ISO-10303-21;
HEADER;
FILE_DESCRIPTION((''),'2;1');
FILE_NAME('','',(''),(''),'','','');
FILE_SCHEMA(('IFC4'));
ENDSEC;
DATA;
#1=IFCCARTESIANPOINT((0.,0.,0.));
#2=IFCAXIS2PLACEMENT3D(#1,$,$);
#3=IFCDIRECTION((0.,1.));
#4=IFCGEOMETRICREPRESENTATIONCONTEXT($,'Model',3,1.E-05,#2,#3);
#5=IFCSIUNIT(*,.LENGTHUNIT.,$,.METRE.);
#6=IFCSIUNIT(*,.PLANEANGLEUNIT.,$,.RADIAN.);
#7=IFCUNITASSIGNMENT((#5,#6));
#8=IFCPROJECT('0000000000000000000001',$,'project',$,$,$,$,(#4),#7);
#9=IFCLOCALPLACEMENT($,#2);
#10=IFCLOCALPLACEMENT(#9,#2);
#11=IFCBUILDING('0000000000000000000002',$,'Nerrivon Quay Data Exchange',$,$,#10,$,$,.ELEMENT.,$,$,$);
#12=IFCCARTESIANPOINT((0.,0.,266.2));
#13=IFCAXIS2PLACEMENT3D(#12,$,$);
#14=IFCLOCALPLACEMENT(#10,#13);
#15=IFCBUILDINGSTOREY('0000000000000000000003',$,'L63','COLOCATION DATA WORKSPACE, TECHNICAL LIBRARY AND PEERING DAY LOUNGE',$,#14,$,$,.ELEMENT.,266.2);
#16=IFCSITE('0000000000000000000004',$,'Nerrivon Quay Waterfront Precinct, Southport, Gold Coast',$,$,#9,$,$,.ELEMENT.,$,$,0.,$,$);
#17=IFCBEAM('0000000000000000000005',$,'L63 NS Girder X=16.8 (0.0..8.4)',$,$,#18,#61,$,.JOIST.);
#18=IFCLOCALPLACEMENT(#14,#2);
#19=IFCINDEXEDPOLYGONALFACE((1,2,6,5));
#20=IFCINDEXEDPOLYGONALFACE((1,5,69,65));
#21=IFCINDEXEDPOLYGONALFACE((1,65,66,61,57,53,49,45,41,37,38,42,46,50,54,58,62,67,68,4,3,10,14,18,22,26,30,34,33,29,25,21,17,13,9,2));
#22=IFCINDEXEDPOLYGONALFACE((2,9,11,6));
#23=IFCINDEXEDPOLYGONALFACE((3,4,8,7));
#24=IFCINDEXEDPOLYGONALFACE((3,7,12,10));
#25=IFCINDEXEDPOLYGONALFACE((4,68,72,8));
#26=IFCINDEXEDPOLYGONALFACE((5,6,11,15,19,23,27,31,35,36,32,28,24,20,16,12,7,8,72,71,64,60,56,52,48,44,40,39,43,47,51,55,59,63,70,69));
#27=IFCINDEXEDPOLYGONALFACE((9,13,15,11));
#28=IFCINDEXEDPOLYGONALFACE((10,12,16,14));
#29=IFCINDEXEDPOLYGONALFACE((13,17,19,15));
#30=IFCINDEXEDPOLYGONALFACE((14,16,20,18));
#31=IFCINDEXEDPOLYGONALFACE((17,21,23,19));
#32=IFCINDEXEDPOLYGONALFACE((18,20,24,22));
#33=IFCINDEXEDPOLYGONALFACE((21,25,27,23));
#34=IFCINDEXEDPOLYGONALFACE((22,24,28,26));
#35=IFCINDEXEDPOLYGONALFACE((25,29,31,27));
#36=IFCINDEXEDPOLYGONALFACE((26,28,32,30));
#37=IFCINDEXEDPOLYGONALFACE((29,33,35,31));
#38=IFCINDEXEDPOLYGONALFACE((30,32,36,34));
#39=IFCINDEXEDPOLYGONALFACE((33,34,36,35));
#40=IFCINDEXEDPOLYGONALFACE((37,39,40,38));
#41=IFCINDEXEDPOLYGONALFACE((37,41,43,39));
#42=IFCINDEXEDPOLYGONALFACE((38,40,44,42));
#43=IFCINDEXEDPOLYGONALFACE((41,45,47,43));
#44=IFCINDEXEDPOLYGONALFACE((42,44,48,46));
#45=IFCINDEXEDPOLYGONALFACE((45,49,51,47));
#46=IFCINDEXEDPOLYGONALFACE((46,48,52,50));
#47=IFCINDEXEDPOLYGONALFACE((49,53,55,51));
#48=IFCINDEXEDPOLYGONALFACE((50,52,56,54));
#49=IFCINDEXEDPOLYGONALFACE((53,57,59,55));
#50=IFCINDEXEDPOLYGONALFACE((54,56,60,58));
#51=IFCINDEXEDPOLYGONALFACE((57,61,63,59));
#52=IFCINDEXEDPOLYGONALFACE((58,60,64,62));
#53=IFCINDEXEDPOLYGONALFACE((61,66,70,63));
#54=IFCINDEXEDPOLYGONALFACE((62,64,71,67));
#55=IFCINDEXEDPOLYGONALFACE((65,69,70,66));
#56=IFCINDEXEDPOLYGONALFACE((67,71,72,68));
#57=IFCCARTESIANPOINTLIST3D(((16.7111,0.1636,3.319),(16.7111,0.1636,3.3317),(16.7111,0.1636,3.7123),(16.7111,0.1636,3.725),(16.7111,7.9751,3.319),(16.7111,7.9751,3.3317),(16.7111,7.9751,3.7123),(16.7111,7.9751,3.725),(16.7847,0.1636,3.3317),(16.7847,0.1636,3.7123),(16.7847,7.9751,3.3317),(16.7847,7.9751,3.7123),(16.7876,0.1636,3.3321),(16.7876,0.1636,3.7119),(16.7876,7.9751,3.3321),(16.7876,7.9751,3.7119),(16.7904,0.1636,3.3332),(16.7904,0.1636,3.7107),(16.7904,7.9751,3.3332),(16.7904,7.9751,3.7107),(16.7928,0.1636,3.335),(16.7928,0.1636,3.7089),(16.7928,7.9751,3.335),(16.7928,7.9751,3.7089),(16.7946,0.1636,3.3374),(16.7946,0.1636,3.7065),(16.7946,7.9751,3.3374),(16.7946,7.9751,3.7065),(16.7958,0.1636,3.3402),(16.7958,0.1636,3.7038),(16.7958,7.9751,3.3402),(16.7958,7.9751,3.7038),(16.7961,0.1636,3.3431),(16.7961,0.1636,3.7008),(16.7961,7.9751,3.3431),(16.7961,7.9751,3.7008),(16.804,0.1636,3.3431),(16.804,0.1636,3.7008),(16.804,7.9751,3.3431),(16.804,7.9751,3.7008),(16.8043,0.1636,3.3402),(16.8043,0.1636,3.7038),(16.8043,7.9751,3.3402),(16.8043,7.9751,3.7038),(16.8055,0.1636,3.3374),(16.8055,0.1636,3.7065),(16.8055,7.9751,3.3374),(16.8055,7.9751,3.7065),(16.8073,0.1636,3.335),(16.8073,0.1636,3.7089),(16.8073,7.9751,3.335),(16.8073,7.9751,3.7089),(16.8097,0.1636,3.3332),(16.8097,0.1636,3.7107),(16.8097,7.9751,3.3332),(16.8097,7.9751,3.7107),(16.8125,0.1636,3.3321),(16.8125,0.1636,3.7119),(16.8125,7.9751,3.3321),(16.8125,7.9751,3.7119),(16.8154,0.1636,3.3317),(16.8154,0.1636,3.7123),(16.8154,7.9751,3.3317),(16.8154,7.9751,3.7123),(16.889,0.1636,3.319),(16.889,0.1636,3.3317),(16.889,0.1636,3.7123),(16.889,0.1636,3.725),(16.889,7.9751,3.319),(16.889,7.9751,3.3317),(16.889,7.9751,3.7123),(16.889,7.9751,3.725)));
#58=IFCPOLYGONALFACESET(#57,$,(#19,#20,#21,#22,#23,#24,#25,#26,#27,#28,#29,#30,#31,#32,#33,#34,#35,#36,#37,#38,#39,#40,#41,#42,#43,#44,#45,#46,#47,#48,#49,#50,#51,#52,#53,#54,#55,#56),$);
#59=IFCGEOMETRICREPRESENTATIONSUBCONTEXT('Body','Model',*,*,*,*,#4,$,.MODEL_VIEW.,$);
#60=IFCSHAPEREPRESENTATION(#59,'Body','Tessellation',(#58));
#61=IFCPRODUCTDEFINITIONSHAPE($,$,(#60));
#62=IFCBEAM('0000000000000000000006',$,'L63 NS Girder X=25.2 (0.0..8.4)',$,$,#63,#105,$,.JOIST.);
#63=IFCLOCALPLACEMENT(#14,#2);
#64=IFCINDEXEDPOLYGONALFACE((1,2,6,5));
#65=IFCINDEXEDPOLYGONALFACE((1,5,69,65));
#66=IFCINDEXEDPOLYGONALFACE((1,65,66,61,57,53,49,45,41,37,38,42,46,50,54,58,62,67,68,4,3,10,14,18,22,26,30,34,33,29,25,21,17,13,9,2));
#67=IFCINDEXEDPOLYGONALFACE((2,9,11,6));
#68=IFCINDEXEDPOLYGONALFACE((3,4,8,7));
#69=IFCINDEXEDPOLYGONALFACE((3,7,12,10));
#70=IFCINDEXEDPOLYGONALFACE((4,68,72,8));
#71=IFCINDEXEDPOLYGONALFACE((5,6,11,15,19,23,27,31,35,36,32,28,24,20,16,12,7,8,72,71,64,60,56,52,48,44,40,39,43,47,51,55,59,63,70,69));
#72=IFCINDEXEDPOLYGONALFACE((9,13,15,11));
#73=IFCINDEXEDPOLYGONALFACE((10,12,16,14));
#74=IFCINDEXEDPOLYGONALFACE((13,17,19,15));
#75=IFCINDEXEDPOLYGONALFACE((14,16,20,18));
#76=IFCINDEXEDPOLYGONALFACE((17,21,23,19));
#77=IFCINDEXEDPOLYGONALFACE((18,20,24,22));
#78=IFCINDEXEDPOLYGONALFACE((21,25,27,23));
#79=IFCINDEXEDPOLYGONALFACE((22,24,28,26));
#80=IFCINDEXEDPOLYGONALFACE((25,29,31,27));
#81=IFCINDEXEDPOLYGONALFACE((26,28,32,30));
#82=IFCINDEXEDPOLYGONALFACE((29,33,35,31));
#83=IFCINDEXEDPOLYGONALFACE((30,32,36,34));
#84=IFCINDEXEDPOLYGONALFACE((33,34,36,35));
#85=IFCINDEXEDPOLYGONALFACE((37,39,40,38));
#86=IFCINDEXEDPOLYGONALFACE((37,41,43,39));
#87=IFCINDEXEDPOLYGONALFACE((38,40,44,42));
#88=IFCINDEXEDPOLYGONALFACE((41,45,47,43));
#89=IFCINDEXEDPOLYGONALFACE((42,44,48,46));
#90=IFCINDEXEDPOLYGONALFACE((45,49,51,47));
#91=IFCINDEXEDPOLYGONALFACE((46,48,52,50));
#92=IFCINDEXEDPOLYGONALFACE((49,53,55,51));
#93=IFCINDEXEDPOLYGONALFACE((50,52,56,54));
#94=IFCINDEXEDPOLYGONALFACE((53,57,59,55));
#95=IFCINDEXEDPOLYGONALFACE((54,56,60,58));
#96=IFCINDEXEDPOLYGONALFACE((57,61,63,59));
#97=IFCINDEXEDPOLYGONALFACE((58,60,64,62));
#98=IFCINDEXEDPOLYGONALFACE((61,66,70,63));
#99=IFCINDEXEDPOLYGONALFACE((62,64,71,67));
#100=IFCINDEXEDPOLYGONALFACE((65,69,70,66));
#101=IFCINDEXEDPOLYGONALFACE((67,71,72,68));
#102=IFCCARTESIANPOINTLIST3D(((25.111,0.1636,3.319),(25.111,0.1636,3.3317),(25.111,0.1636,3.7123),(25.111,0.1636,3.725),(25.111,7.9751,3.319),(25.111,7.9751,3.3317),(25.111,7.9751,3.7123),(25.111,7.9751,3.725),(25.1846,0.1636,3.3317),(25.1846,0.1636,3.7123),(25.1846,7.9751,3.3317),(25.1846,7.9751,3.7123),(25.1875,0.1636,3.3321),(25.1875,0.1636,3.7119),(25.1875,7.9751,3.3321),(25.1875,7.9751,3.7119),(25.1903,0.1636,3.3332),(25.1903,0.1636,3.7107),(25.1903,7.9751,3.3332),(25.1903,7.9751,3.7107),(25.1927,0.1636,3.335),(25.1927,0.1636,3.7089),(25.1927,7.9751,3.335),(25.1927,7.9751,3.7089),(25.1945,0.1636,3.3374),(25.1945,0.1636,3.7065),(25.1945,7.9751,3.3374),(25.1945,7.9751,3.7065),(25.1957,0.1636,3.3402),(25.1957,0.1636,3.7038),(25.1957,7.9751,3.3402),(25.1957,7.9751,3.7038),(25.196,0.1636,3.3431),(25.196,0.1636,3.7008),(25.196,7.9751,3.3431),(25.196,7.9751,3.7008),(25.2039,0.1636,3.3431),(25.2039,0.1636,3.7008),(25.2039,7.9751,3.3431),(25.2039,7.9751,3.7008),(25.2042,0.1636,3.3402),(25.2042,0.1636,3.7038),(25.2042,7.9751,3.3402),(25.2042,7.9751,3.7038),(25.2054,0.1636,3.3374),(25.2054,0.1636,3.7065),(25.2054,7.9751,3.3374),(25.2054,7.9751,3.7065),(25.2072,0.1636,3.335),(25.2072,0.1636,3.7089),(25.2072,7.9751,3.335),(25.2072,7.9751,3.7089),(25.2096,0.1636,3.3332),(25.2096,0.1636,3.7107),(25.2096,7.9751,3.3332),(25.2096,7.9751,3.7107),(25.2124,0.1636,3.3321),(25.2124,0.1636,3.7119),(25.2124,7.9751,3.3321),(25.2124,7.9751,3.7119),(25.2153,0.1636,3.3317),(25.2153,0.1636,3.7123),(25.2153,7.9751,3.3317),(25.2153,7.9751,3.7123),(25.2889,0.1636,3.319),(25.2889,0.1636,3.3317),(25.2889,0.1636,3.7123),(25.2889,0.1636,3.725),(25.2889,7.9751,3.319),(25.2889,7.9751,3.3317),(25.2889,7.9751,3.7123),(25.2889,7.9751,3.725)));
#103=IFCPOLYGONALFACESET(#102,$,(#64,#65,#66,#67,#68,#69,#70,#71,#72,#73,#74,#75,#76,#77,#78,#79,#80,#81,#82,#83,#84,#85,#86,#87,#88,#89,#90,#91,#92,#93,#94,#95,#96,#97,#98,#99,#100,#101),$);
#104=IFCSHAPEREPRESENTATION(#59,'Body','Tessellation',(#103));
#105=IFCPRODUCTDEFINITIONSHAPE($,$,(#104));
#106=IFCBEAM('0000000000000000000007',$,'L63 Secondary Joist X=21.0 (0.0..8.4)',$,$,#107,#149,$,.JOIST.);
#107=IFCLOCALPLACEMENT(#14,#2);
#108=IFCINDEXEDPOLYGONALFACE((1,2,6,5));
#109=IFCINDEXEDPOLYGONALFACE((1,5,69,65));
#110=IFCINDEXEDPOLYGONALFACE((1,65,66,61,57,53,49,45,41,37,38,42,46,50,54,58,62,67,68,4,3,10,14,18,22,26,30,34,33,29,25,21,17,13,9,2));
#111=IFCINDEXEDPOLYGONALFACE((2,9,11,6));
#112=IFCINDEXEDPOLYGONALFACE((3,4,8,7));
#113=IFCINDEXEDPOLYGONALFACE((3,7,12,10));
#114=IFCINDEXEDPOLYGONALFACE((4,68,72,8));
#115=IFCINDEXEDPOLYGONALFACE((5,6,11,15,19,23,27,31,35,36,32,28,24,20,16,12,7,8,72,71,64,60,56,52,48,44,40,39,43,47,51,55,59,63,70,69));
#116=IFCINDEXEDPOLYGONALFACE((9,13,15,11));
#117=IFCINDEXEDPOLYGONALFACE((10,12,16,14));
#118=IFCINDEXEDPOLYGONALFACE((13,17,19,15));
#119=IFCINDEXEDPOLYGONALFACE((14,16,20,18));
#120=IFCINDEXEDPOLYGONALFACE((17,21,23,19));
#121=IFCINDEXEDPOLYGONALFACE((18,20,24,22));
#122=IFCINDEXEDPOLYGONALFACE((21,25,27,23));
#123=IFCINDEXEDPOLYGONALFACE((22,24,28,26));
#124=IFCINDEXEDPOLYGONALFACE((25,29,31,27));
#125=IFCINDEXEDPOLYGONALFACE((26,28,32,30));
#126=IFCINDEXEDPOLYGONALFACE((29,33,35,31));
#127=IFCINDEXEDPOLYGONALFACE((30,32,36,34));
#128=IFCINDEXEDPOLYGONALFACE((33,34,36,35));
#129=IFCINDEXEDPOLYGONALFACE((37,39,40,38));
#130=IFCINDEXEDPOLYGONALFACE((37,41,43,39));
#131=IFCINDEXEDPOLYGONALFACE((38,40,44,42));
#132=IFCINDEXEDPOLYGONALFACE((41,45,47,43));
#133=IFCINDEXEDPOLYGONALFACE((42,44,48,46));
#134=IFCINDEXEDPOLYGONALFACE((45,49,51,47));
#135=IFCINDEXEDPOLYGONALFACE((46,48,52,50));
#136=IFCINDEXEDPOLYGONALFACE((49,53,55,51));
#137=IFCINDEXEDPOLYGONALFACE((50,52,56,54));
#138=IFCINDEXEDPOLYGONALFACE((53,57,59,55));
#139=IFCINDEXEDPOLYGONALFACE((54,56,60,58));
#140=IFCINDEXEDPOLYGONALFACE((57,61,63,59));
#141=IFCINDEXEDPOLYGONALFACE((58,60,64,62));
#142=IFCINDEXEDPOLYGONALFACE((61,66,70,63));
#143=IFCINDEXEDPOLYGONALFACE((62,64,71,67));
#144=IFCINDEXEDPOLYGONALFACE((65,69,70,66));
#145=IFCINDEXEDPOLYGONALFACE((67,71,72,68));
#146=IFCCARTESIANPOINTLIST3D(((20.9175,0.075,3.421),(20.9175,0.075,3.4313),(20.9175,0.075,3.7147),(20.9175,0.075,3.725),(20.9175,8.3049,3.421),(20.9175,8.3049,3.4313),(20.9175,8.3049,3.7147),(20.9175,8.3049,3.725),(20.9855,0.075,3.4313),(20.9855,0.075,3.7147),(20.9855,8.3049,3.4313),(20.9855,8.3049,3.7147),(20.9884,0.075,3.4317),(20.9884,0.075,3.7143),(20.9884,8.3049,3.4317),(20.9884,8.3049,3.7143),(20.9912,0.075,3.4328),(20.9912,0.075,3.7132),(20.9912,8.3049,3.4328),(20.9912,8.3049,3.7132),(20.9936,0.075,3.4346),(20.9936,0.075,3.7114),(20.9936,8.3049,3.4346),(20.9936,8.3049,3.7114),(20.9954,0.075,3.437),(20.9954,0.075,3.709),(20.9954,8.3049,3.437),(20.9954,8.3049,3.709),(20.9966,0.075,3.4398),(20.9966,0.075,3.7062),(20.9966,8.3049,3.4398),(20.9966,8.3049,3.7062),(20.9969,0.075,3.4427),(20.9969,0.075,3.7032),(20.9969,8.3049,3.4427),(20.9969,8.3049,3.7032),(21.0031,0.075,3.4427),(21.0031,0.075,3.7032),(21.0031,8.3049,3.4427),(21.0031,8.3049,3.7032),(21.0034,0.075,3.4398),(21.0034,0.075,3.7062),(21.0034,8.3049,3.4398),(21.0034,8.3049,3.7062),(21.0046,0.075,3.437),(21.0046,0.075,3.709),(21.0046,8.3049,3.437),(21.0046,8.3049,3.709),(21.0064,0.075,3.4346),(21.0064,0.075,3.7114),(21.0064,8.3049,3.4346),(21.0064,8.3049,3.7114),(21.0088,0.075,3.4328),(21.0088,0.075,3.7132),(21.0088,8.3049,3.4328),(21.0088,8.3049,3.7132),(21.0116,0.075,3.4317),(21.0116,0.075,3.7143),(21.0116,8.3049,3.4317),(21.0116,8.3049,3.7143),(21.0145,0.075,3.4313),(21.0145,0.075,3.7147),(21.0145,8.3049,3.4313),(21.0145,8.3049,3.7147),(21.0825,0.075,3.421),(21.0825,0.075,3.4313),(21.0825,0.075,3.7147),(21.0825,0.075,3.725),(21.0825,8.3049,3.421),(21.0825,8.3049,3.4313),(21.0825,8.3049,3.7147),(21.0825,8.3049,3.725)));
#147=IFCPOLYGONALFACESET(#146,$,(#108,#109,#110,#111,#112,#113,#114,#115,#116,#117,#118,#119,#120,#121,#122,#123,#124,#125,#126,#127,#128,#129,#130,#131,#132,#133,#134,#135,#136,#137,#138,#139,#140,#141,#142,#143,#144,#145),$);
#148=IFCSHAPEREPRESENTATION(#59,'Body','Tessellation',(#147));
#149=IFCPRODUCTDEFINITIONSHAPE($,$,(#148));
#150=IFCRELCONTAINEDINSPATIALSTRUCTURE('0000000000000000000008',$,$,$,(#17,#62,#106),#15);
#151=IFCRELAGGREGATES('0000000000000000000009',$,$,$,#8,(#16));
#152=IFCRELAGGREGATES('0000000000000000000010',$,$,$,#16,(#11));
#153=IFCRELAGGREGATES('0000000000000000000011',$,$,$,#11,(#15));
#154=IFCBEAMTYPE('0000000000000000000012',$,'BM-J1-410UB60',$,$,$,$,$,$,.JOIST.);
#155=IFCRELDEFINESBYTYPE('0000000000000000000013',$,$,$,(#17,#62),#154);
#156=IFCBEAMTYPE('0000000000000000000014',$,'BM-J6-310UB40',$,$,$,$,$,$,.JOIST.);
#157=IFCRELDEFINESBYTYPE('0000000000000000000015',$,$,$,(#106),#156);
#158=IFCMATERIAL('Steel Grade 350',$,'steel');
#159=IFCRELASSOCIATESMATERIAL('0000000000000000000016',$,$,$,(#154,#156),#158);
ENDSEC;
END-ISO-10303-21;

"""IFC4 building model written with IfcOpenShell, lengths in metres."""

from ifc_helpers import new_model, si_unit, direction, frame, origin, origin_2d, place, context, subcontext, project, spatial, i_section, extrude, material, material_profile, profile_set, type_object, element, save


model = new_model("IFC4")

# Units and contexts
model_context = context("Model", 3, precision=1e-05, world=origin(), true_north=direction((0.0, 1.0)))
body_context = subcontext(model_context, "Body", "Model", "MODEL_VIEW")
ifc_project = project(units=[si_unit("LENGTHUNIT", "METRE"), si_unit("PLANEANGLEUNIT", "RADIAN")], contexts=[model_context])

# Site, building, storey
site_placement = place(None, origin())
site = spatial("IfcSite", under=ifc_project, at=site_placement, Name="Nerrivon Quay Waterfront Precinct, Southport, Gold Coast", CompositionType="ELEMENT", RefElevation=0.0)
building_placement = place(site_placement, origin())
building = spatial("IfcBuilding", under=site, at=building_placement, Name="Nerrivon Quay Data Exchange", CompositionType="ELEMENT")
storey_placement = place(building_placement, frame((0.0, 0.0, 266.2)))
storey = spatial("IfcBuildingStorey", under=building, at=storey_placement, Name="L63", Description="COLOCATION DATA WORKSPACE, TECHNICAL LIBRARY AND PEERING DAY LOUNGE", CompositionType="ELEMENT", Elevation=266.2)

# Shared definitions
ifc_material_1 = material(Name="Steel Grade 350", Category="steel")

# Beams
ifc_material_profile_1 = material_profile(ifc_material_1, i_section(OverallWidth=0.178, OverallDepth=0.406, WebThickness=0.0078, FlangeThickness=0.0127, FilletRadius=0.0115, at=origin_2d()), Name="410UB59.7")
ifc_profile_set_1 = profile_set([ifc_material_profile_1], Name="Steel Grade 350")
beam_type_1 = type_object("IfcBeamType", Name="BM-J1-410UB60", PredefinedType="JOIST", material=ifc_profile_set_1)
for number, where, z_axis, x_axis, name in (
    (1, (16.8, 0.1636, 3.522), (0.0, 1.0, 0.0), (-1.0, 0.0, 0.0), "L63 NS Girder X=16.8 (0.0..8.4)"),
    (2, (25.2, 0.1636, 3.522), (0.0, 1.0, 0.0), (-1.0, 0.0, 0.0), "L63 NS Girder X=25.2 (0.0..8.4)"),
):
    element("IfcBeam", number, at=place(storey_placement, frame(where, z_axis=z_axis, x_axis=x_axis)), inside=storey, type_object=beam_type_1, Name=name, PredefinedType="JOIST", context=body_context, shape_type="SweptSolid", body=[
        extrude(i_section(OverallWidth=0.178, OverallDepth=0.406, WebThickness=0.0078, FlangeThickness=0.0127, FilletRadius=0.0115, at=origin_2d()), origin(), (0.0, 0.0, 1.0), 7.8115),
    ])
ifc_material_profile_2 = material_profile(ifc_material_1, i_section(OverallWidth=0.165, OverallDepth=0.304, WebThickness=0.0061, FlangeThickness=0.0103, FilletRadius=0.0115, at=origin_2d()), Name="310UB40.4")
ifc_profile_set_2 = profile_set([ifc_material_profile_2], Name="Steel Grade 350")
beam_type_2 = type_object("IfcBeamType", Name="BM-J6-310UB40", PredefinedType="JOIST", material=ifc_profile_set_2)
beam_1_placement = place(storey_placement, frame((21.0, 0.075, 3.573), z_axis=(0.0, 1.0, 0.0), x_axis=(-1.0, 0.0, 0.0)))
element("IfcBeam", 3, at=beam_1_placement, inside=storey, type_object=beam_type_2, Name="L63 Secondary Joist X=21.0 (0.0..8.4)", PredefinedType="JOIST", context=body_context, shape_type="SweptSolid", body=[
    extrude(i_section(OverallWidth=0.165, OverallDepth=0.304, WebThickness=0.0061, FlangeThickness=0.0103, FilletRadius=0.0115, at=origin_2d()), origin(), (0.0, 0.0, 1.0), 8.23),
])

save(model, "model.ifc")
